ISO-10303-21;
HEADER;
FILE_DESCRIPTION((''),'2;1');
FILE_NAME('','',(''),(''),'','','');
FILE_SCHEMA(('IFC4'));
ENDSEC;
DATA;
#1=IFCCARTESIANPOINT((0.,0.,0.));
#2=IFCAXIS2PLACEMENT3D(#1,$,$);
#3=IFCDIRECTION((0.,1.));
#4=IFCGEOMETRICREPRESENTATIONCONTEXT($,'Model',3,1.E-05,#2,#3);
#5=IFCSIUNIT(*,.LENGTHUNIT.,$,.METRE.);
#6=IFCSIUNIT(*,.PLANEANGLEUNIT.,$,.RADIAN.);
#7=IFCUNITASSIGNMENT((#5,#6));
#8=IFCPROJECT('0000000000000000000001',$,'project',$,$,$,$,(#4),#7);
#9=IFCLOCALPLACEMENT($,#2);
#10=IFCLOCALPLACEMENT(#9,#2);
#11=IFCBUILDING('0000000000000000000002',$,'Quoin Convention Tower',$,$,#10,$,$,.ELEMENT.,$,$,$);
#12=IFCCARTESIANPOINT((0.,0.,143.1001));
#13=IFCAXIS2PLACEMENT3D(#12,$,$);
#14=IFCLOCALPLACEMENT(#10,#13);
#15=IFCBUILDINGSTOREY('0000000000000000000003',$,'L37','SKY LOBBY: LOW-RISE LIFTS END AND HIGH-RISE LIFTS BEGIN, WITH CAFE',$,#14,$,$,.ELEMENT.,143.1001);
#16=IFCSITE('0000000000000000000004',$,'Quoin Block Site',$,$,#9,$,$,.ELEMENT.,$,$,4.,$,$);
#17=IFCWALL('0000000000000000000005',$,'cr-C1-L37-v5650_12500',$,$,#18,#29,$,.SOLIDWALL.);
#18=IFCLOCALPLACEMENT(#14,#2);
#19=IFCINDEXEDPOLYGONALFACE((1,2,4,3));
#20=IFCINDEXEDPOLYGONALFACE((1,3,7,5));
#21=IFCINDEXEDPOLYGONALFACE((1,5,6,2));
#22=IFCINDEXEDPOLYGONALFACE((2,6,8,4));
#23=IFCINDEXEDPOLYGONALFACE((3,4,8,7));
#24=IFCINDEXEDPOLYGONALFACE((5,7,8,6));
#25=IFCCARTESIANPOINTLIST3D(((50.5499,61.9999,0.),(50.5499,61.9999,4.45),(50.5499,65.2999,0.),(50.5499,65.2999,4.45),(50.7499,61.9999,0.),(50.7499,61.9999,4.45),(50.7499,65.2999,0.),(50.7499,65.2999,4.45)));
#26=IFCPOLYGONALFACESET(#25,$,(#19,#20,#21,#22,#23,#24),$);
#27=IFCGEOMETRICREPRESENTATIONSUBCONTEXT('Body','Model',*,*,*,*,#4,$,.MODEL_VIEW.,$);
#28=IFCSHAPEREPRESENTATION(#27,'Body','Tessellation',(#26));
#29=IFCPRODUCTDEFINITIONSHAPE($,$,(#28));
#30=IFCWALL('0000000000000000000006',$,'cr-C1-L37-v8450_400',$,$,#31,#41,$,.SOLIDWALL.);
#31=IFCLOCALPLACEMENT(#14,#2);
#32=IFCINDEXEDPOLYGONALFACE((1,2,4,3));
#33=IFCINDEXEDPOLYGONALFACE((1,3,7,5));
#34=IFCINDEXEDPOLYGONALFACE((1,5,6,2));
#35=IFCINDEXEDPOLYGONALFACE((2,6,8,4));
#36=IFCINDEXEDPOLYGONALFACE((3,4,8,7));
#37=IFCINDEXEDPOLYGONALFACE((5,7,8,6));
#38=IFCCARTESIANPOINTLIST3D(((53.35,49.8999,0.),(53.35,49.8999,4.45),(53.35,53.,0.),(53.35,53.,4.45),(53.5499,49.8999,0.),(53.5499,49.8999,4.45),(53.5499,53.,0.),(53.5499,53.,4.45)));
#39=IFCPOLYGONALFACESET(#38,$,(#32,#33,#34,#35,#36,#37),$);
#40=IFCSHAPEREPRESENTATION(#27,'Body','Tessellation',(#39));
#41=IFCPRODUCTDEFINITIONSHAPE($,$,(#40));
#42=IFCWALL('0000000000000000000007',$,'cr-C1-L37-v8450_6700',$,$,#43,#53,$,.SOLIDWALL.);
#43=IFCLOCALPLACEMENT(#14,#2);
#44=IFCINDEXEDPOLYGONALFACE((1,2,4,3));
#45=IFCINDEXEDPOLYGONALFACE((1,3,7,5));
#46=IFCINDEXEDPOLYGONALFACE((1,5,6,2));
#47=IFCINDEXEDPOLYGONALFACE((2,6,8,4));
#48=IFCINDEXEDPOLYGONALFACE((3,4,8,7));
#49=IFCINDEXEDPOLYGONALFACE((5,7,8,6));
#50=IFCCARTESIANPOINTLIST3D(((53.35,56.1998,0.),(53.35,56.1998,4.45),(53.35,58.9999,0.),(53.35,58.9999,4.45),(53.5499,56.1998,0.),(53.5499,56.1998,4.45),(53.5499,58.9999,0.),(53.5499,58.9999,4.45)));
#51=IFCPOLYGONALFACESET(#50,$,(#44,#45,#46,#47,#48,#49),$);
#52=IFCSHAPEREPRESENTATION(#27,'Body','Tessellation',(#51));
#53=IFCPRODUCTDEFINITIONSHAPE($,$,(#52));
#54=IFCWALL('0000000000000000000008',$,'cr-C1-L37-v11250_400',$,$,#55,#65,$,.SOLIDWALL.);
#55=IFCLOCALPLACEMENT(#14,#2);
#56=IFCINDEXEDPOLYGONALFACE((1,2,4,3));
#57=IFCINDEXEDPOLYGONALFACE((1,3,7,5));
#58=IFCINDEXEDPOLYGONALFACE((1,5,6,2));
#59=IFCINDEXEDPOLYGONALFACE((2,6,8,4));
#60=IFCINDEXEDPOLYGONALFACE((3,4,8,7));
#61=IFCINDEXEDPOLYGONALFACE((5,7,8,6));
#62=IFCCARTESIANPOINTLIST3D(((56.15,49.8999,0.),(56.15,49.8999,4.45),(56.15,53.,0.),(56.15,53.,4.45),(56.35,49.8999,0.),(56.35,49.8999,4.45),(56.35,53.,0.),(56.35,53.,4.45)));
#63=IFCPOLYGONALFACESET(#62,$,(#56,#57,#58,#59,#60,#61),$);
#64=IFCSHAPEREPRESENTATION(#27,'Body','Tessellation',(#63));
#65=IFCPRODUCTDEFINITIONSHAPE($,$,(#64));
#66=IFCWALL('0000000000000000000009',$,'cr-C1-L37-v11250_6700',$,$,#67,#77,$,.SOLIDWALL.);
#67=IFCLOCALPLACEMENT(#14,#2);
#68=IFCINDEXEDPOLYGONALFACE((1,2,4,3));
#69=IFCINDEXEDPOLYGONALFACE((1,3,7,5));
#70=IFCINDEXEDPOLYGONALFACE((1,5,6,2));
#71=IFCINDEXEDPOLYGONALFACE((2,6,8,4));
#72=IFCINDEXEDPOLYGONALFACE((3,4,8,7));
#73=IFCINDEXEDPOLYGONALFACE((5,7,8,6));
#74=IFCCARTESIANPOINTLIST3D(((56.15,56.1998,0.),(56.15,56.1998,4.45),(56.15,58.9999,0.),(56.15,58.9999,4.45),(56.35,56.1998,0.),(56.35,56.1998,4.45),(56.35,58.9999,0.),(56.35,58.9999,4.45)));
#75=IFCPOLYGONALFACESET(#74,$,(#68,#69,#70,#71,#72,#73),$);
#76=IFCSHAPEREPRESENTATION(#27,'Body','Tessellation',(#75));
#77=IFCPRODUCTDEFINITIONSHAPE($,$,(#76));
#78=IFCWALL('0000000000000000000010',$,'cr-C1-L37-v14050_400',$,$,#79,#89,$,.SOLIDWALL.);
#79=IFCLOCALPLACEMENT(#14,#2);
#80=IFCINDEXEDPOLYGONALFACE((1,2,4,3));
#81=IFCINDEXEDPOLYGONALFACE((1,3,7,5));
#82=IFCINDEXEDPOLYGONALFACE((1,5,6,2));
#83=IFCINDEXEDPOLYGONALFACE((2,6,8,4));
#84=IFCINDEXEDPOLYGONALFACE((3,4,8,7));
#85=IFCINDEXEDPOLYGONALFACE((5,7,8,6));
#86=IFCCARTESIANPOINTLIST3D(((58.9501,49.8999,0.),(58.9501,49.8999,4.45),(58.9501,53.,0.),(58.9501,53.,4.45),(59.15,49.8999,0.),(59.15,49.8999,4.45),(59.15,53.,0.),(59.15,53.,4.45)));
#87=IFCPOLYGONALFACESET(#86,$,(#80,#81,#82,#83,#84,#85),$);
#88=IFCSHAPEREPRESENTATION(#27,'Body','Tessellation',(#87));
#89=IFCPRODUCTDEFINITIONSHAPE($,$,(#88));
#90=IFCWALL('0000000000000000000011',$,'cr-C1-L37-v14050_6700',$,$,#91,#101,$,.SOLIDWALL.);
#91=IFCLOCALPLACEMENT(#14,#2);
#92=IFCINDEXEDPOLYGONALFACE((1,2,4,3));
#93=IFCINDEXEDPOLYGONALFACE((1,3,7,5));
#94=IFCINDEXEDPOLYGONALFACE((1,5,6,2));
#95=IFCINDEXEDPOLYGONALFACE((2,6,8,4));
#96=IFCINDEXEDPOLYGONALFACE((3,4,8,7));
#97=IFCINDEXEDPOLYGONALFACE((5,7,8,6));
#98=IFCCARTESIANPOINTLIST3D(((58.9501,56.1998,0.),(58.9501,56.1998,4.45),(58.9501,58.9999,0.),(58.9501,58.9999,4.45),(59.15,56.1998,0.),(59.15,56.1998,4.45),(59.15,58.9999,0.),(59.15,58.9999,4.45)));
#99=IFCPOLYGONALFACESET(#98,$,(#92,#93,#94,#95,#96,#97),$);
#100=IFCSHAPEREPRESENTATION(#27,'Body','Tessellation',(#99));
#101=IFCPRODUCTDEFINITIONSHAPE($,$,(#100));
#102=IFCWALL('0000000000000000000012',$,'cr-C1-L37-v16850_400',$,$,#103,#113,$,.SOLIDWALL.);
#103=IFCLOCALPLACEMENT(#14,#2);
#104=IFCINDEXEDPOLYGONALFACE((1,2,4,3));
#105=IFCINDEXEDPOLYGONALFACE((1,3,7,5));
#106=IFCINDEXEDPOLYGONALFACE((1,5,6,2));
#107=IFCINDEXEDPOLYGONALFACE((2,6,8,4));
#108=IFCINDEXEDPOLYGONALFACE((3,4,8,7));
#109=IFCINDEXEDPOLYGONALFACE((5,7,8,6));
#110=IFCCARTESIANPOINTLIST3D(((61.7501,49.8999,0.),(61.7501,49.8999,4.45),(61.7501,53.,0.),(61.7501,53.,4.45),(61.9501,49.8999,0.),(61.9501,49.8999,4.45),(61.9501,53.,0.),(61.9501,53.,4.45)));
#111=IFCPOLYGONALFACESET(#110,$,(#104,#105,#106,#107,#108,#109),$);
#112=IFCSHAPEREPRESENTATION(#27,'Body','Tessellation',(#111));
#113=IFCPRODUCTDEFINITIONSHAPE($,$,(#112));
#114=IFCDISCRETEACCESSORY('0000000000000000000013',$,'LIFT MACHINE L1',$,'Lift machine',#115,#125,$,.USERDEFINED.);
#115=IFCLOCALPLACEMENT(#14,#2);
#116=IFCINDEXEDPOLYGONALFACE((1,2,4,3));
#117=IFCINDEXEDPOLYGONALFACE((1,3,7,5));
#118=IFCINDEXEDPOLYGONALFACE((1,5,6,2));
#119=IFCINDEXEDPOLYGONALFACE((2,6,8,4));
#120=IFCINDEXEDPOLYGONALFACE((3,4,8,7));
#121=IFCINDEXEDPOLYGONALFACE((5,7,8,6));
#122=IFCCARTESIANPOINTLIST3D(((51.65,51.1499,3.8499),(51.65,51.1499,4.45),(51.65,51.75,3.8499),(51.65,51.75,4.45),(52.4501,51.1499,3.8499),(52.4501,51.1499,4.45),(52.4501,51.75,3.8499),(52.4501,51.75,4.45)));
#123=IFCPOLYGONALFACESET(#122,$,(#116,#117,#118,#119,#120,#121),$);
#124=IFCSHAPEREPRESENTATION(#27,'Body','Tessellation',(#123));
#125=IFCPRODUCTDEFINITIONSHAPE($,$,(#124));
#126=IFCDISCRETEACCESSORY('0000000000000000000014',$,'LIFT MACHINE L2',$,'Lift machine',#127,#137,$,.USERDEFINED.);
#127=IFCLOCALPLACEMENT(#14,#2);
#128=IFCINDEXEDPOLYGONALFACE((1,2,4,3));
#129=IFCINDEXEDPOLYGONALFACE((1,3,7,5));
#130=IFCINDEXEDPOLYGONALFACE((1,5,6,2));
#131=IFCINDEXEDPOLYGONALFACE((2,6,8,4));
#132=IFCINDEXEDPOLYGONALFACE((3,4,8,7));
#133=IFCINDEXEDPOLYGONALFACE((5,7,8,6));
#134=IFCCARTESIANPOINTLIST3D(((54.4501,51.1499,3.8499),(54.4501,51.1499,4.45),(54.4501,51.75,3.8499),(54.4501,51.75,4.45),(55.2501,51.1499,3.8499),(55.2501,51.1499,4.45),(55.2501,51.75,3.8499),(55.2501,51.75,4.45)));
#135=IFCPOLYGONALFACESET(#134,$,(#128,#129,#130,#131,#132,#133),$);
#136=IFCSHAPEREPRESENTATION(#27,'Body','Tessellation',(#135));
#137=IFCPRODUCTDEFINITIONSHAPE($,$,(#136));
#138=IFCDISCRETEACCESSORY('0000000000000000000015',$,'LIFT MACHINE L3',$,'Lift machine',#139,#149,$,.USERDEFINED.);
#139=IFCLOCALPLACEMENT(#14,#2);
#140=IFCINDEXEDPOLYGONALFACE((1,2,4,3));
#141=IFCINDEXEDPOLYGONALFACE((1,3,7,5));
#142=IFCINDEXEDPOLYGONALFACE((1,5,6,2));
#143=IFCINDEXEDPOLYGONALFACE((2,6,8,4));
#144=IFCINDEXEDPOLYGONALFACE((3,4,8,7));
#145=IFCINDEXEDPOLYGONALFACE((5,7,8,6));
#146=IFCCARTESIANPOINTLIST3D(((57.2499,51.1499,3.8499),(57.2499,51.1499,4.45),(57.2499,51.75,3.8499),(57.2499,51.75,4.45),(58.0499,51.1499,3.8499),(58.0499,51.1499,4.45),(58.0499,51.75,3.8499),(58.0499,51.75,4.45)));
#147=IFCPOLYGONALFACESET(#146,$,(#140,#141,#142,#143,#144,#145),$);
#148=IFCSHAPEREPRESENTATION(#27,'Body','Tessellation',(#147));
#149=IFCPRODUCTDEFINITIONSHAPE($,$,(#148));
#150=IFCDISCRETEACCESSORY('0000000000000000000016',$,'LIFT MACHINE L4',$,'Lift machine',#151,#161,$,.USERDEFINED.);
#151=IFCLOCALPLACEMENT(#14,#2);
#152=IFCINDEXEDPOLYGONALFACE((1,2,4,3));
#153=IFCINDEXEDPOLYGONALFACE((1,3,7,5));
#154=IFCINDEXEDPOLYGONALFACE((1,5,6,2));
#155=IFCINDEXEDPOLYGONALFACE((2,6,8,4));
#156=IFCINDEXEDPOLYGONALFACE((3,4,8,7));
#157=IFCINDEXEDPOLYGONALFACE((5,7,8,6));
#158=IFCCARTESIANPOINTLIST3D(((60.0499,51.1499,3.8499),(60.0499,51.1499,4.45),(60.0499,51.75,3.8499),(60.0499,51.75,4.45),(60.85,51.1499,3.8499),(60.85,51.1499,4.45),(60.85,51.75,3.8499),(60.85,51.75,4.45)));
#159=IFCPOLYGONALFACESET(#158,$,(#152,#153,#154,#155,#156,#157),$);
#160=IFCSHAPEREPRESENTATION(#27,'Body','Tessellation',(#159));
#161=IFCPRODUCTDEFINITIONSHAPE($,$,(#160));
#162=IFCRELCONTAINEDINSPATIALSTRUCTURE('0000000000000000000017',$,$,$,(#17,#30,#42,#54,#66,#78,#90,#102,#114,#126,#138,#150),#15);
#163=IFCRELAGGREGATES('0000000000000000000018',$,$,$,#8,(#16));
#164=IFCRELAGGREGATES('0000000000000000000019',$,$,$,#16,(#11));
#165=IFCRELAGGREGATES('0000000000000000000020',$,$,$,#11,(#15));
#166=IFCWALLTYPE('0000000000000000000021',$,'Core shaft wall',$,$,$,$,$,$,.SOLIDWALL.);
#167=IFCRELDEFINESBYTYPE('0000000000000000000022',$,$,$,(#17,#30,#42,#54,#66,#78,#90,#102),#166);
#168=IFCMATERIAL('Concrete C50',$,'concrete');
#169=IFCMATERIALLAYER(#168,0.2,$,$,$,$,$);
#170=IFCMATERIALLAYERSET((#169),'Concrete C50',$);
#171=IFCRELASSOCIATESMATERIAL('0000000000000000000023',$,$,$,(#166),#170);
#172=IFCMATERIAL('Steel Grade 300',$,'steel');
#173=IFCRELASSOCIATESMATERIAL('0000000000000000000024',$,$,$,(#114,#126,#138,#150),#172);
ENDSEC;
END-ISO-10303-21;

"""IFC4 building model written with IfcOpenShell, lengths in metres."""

from ifc_helpers import new_model, si_unit, direction, frame, frame_2d, origin, origin_2d, place, context, subcontext, project, spatial, rectangle, extrude, material, layer, layer_set, type_object, element, save


model = new_model("IFC4")

# Units and contexts
model_context = context("Model", 3, precision=1e-05, world=origin(), true_north=direction((0.0, 1.0)))
body_context = subcontext(model_context, "Body", "Model", "MODEL_VIEW")
ifc_project = project(units=[si_unit("LENGTHUNIT", "METRE"), si_unit("PLANEANGLEUNIT", "RADIAN")], contexts=[model_context])

# Site, building, storey
site_placement = place(None, origin())
site = spatial("IfcSite", under=ifc_project, at=site_placement, Name="Quoin Block Site", CompositionType="ELEMENT", RefElevation=4.0)
building_placement = place(site_placement, origin())
building = spatial("IfcBuilding", under=site, at=building_placement, Name="Quoin Convention Tower", CompositionType="ELEMENT")
storey_placement = place(building_placement, frame((0.0, 0.0, 143.1001)))
storey = spatial("IfcBuildingStorey", under=building, at=storey_placement, Name="L37", Description="SKY LOBBY: LOW-RISE LIFTS END AND HIGH-RISE LIFTS BEGIN, WITH CAFE", CompositionType="ELEMENT", Elevation=143.1001)

# Walls
ifc_material_1 = material(Name="Concrete C50", Category="concrete")
ifc_layer = layer(ifc_material_1, 0.2)
ifc_layer_set = layer_set([ifc_layer], Name="Concrete C50")
wall_type = type_object("IfcWallType", Name="Core shaft wall", PredefinedType="SOLIDWALL", material=ifc_layer_set)
wall_1_placement = place(storey_placement, frame((50.6499, 62.0, 0.0), z_axis=(0.0, 0.0, 1.0), x_axis=(0.0, 1.0, 0.0)))
element("IfcWall", 1, at=wall_1_placement, inside=storey, type_object=wall_type, Name="cr-C1-L37-v5650_12500", PredefinedType="SOLIDWALL", context=body_context, shape_type="SweptSolid", body=[
    extrude(rectangle(XDim=3.3, YDim=0.2, at=frame_2d((1.6499, 0.0))), origin(), (0.0, 0.0, 1.0), 4.45),
])
wall_2_placement = place(storey_placement, frame((53.45, 49.8999, 0.0), z_axis=(0.0, 0.0, 1.0), x_axis=(0.0, 1.0, 0.0)))
element("IfcWall", 2, at=wall_2_placement, inside=storey, type_object=wall_type, Name="cr-C1-L37-v8450_400", PredefinedType="SOLIDWALL", context=body_context, shape_type="SweptSolid", body=[
    extrude(rectangle(XDim=3.1001, YDim=0.2, at=frame_2d((1.55, 0.0))), origin(), (0.0, 0.0, 1.0), 4.45),
])
wall_3_placement = place(storey_placement, frame((53.45, 56.2, 0.0), z_axis=(0.0, 0.0, 1.0), x_axis=(0.0, 1.0, 0.0)))
element("IfcWall", 3, at=wall_3_placement, inside=storey, type_object=wall_type, Name="cr-C1-L37-v8450_6700", PredefinedType="SOLIDWALL", context=body_context, shape_type="SweptSolid", body=[
    extrude(rectangle(XDim=2.8, YDim=0.2, at=frame_2d((1.3999, 0.0))), origin(), (0.0, 0.0, 1.0), 4.45),
])
wall_4_placement = place(storey_placement, frame((56.25, 49.8999, 0.0), z_axis=(0.0, 0.0, 1.0), x_axis=(0.0, 1.0, 0.0)))
element("IfcWall", 4, at=wall_4_placement, inside=storey, type_object=wall_type, Name="cr-C1-L37-v11250_400", PredefinedType="SOLIDWALL", context=body_context, shape_type="SweptSolid", body=[
    extrude(rectangle(XDim=3.1001, YDim=0.2, at=frame_2d((1.55, 0.0))), origin(), (0.0, 0.0, 1.0), 4.45),
])
wall_5_placement = place(storey_placement, frame((56.25, 56.2, 0.0), z_axis=(0.0, 0.0, 1.0), x_axis=(0.0, 1.0, 0.0)))
element("IfcWall", 5, at=wall_5_placement, inside=storey, type_object=wall_type, Name="cr-C1-L37-v11250_6700", PredefinedType="SOLIDWALL", context=body_context, shape_type="SweptSolid", body=[
    extrude(rectangle(XDim=2.8, YDim=0.2, at=frame_2d((1.3999, 0.0))), origin(), (0.0, 0.0, 1.0), 4.45),
])
wall_6_placement = place(storey_placement, frame((59.05, 49.8999, 0.0), z_axis=(0.0, 0.0, 1.0), x_axis=(0.0, 1.0, 0.0)))
element("IfcWall", 6, at=wall_6_placement, inside=storey, type_object=wall_type, Name="cr-C1-L37-v14050_400", PredefinedType="SOLIDWALL", context=body_context, shape_type="SweptSolid", body=[
    extrude(rectangle(XDim=3.1001, YDim=0.2, at=frame_2d((1.55, 0.0))), origin(), (0.0, 0.0, 1.0), 4.45),
])
wall_7_placement = place(storey_placement, frame((59.05, 56.2, 0.0), z_axis=(0.0, 0.0, 1.0), x_axis=(0.0, 1.0, 0.0)))
element("IfcWall", 7, at=wall_7_placement, inside=storey, type_object=wall_type, Name="cr-C1-L37-v14050_6700", PredefinedType="SOLIDWALL", context=body_context, shape_type="SweptSolid", body=[
    extrude(rectangle(XDim=2.8, YDim=0.2, at=frame_2d((1.3999, 0.0))), origin(), (0.0, 0.0, 1.0), 4.45),
])
wall_8_placement = place(storey_placement, frame((61.8501, 49.8999, 0.0), z_axis=(0.0, 0.0, 1.0), x_axis=(0.0, 1.0, 0.0)))
element("IfcWall", 8, at=wall_8_placement, inside=storey, type_object=wall_type, Name="cr-C1-L37-v16850_400", PredefinedType="SOLIDWALL", context=body_context, shape_type="SweptSolid", body=[
    extrude(rectangle(XDim=3.1001, YDim=0.2, at=frame_2d((1.55, 0.0))), origin(), (0.0, 0.0, 1.0), 4.45),
])

# Discrete accessories
ifc_material_2 = material(Name="Steel Grade 300", Category="steel")
for number, where, z_axis, x_axis, name in (
    (9, (52.05, 51.45, 3.8499), (0.0, 0.0, 1.0), (1.0, 0.0, 0.0), "LIFT MACHINE L1"),
    (10, (54.8501, 51.45, 3.8499), (0.0, 0.0, 1.0), (1.0, 0.0, 0.0), "LIFT MACHINE L2"),
    (11, (57.6499, 51.45, 3.8499), (0.0, 0.0, 1.0), (1.0, 0.0, 0.0), "LIFT MACHINE L3"),
    (12, (60.45, 51.45, 3.8499), (0.0, 0.0, 1.0), (1.0, 0.0, 0.0), "LIFT MACHINE L4"),
):
    element("IfcDiscreteAccessory", number, at=place(storey_placement, frame(where, z_axis=z_axis, x_axis=x_axis)), inside=storey, material=ifc_material_2, Name=name, ObjectType="Lift machine", PredefinedType="USERDEFINED", context=body_context, shape_type="SweptSolid", body=[
        extrude(rectangle(XDim=0.8, YDim=0.6001, at=origin_2d()), origin(), (0.0, 0.0, 1.0), 0.6001),
    ])

save(model, "model.ifc")
